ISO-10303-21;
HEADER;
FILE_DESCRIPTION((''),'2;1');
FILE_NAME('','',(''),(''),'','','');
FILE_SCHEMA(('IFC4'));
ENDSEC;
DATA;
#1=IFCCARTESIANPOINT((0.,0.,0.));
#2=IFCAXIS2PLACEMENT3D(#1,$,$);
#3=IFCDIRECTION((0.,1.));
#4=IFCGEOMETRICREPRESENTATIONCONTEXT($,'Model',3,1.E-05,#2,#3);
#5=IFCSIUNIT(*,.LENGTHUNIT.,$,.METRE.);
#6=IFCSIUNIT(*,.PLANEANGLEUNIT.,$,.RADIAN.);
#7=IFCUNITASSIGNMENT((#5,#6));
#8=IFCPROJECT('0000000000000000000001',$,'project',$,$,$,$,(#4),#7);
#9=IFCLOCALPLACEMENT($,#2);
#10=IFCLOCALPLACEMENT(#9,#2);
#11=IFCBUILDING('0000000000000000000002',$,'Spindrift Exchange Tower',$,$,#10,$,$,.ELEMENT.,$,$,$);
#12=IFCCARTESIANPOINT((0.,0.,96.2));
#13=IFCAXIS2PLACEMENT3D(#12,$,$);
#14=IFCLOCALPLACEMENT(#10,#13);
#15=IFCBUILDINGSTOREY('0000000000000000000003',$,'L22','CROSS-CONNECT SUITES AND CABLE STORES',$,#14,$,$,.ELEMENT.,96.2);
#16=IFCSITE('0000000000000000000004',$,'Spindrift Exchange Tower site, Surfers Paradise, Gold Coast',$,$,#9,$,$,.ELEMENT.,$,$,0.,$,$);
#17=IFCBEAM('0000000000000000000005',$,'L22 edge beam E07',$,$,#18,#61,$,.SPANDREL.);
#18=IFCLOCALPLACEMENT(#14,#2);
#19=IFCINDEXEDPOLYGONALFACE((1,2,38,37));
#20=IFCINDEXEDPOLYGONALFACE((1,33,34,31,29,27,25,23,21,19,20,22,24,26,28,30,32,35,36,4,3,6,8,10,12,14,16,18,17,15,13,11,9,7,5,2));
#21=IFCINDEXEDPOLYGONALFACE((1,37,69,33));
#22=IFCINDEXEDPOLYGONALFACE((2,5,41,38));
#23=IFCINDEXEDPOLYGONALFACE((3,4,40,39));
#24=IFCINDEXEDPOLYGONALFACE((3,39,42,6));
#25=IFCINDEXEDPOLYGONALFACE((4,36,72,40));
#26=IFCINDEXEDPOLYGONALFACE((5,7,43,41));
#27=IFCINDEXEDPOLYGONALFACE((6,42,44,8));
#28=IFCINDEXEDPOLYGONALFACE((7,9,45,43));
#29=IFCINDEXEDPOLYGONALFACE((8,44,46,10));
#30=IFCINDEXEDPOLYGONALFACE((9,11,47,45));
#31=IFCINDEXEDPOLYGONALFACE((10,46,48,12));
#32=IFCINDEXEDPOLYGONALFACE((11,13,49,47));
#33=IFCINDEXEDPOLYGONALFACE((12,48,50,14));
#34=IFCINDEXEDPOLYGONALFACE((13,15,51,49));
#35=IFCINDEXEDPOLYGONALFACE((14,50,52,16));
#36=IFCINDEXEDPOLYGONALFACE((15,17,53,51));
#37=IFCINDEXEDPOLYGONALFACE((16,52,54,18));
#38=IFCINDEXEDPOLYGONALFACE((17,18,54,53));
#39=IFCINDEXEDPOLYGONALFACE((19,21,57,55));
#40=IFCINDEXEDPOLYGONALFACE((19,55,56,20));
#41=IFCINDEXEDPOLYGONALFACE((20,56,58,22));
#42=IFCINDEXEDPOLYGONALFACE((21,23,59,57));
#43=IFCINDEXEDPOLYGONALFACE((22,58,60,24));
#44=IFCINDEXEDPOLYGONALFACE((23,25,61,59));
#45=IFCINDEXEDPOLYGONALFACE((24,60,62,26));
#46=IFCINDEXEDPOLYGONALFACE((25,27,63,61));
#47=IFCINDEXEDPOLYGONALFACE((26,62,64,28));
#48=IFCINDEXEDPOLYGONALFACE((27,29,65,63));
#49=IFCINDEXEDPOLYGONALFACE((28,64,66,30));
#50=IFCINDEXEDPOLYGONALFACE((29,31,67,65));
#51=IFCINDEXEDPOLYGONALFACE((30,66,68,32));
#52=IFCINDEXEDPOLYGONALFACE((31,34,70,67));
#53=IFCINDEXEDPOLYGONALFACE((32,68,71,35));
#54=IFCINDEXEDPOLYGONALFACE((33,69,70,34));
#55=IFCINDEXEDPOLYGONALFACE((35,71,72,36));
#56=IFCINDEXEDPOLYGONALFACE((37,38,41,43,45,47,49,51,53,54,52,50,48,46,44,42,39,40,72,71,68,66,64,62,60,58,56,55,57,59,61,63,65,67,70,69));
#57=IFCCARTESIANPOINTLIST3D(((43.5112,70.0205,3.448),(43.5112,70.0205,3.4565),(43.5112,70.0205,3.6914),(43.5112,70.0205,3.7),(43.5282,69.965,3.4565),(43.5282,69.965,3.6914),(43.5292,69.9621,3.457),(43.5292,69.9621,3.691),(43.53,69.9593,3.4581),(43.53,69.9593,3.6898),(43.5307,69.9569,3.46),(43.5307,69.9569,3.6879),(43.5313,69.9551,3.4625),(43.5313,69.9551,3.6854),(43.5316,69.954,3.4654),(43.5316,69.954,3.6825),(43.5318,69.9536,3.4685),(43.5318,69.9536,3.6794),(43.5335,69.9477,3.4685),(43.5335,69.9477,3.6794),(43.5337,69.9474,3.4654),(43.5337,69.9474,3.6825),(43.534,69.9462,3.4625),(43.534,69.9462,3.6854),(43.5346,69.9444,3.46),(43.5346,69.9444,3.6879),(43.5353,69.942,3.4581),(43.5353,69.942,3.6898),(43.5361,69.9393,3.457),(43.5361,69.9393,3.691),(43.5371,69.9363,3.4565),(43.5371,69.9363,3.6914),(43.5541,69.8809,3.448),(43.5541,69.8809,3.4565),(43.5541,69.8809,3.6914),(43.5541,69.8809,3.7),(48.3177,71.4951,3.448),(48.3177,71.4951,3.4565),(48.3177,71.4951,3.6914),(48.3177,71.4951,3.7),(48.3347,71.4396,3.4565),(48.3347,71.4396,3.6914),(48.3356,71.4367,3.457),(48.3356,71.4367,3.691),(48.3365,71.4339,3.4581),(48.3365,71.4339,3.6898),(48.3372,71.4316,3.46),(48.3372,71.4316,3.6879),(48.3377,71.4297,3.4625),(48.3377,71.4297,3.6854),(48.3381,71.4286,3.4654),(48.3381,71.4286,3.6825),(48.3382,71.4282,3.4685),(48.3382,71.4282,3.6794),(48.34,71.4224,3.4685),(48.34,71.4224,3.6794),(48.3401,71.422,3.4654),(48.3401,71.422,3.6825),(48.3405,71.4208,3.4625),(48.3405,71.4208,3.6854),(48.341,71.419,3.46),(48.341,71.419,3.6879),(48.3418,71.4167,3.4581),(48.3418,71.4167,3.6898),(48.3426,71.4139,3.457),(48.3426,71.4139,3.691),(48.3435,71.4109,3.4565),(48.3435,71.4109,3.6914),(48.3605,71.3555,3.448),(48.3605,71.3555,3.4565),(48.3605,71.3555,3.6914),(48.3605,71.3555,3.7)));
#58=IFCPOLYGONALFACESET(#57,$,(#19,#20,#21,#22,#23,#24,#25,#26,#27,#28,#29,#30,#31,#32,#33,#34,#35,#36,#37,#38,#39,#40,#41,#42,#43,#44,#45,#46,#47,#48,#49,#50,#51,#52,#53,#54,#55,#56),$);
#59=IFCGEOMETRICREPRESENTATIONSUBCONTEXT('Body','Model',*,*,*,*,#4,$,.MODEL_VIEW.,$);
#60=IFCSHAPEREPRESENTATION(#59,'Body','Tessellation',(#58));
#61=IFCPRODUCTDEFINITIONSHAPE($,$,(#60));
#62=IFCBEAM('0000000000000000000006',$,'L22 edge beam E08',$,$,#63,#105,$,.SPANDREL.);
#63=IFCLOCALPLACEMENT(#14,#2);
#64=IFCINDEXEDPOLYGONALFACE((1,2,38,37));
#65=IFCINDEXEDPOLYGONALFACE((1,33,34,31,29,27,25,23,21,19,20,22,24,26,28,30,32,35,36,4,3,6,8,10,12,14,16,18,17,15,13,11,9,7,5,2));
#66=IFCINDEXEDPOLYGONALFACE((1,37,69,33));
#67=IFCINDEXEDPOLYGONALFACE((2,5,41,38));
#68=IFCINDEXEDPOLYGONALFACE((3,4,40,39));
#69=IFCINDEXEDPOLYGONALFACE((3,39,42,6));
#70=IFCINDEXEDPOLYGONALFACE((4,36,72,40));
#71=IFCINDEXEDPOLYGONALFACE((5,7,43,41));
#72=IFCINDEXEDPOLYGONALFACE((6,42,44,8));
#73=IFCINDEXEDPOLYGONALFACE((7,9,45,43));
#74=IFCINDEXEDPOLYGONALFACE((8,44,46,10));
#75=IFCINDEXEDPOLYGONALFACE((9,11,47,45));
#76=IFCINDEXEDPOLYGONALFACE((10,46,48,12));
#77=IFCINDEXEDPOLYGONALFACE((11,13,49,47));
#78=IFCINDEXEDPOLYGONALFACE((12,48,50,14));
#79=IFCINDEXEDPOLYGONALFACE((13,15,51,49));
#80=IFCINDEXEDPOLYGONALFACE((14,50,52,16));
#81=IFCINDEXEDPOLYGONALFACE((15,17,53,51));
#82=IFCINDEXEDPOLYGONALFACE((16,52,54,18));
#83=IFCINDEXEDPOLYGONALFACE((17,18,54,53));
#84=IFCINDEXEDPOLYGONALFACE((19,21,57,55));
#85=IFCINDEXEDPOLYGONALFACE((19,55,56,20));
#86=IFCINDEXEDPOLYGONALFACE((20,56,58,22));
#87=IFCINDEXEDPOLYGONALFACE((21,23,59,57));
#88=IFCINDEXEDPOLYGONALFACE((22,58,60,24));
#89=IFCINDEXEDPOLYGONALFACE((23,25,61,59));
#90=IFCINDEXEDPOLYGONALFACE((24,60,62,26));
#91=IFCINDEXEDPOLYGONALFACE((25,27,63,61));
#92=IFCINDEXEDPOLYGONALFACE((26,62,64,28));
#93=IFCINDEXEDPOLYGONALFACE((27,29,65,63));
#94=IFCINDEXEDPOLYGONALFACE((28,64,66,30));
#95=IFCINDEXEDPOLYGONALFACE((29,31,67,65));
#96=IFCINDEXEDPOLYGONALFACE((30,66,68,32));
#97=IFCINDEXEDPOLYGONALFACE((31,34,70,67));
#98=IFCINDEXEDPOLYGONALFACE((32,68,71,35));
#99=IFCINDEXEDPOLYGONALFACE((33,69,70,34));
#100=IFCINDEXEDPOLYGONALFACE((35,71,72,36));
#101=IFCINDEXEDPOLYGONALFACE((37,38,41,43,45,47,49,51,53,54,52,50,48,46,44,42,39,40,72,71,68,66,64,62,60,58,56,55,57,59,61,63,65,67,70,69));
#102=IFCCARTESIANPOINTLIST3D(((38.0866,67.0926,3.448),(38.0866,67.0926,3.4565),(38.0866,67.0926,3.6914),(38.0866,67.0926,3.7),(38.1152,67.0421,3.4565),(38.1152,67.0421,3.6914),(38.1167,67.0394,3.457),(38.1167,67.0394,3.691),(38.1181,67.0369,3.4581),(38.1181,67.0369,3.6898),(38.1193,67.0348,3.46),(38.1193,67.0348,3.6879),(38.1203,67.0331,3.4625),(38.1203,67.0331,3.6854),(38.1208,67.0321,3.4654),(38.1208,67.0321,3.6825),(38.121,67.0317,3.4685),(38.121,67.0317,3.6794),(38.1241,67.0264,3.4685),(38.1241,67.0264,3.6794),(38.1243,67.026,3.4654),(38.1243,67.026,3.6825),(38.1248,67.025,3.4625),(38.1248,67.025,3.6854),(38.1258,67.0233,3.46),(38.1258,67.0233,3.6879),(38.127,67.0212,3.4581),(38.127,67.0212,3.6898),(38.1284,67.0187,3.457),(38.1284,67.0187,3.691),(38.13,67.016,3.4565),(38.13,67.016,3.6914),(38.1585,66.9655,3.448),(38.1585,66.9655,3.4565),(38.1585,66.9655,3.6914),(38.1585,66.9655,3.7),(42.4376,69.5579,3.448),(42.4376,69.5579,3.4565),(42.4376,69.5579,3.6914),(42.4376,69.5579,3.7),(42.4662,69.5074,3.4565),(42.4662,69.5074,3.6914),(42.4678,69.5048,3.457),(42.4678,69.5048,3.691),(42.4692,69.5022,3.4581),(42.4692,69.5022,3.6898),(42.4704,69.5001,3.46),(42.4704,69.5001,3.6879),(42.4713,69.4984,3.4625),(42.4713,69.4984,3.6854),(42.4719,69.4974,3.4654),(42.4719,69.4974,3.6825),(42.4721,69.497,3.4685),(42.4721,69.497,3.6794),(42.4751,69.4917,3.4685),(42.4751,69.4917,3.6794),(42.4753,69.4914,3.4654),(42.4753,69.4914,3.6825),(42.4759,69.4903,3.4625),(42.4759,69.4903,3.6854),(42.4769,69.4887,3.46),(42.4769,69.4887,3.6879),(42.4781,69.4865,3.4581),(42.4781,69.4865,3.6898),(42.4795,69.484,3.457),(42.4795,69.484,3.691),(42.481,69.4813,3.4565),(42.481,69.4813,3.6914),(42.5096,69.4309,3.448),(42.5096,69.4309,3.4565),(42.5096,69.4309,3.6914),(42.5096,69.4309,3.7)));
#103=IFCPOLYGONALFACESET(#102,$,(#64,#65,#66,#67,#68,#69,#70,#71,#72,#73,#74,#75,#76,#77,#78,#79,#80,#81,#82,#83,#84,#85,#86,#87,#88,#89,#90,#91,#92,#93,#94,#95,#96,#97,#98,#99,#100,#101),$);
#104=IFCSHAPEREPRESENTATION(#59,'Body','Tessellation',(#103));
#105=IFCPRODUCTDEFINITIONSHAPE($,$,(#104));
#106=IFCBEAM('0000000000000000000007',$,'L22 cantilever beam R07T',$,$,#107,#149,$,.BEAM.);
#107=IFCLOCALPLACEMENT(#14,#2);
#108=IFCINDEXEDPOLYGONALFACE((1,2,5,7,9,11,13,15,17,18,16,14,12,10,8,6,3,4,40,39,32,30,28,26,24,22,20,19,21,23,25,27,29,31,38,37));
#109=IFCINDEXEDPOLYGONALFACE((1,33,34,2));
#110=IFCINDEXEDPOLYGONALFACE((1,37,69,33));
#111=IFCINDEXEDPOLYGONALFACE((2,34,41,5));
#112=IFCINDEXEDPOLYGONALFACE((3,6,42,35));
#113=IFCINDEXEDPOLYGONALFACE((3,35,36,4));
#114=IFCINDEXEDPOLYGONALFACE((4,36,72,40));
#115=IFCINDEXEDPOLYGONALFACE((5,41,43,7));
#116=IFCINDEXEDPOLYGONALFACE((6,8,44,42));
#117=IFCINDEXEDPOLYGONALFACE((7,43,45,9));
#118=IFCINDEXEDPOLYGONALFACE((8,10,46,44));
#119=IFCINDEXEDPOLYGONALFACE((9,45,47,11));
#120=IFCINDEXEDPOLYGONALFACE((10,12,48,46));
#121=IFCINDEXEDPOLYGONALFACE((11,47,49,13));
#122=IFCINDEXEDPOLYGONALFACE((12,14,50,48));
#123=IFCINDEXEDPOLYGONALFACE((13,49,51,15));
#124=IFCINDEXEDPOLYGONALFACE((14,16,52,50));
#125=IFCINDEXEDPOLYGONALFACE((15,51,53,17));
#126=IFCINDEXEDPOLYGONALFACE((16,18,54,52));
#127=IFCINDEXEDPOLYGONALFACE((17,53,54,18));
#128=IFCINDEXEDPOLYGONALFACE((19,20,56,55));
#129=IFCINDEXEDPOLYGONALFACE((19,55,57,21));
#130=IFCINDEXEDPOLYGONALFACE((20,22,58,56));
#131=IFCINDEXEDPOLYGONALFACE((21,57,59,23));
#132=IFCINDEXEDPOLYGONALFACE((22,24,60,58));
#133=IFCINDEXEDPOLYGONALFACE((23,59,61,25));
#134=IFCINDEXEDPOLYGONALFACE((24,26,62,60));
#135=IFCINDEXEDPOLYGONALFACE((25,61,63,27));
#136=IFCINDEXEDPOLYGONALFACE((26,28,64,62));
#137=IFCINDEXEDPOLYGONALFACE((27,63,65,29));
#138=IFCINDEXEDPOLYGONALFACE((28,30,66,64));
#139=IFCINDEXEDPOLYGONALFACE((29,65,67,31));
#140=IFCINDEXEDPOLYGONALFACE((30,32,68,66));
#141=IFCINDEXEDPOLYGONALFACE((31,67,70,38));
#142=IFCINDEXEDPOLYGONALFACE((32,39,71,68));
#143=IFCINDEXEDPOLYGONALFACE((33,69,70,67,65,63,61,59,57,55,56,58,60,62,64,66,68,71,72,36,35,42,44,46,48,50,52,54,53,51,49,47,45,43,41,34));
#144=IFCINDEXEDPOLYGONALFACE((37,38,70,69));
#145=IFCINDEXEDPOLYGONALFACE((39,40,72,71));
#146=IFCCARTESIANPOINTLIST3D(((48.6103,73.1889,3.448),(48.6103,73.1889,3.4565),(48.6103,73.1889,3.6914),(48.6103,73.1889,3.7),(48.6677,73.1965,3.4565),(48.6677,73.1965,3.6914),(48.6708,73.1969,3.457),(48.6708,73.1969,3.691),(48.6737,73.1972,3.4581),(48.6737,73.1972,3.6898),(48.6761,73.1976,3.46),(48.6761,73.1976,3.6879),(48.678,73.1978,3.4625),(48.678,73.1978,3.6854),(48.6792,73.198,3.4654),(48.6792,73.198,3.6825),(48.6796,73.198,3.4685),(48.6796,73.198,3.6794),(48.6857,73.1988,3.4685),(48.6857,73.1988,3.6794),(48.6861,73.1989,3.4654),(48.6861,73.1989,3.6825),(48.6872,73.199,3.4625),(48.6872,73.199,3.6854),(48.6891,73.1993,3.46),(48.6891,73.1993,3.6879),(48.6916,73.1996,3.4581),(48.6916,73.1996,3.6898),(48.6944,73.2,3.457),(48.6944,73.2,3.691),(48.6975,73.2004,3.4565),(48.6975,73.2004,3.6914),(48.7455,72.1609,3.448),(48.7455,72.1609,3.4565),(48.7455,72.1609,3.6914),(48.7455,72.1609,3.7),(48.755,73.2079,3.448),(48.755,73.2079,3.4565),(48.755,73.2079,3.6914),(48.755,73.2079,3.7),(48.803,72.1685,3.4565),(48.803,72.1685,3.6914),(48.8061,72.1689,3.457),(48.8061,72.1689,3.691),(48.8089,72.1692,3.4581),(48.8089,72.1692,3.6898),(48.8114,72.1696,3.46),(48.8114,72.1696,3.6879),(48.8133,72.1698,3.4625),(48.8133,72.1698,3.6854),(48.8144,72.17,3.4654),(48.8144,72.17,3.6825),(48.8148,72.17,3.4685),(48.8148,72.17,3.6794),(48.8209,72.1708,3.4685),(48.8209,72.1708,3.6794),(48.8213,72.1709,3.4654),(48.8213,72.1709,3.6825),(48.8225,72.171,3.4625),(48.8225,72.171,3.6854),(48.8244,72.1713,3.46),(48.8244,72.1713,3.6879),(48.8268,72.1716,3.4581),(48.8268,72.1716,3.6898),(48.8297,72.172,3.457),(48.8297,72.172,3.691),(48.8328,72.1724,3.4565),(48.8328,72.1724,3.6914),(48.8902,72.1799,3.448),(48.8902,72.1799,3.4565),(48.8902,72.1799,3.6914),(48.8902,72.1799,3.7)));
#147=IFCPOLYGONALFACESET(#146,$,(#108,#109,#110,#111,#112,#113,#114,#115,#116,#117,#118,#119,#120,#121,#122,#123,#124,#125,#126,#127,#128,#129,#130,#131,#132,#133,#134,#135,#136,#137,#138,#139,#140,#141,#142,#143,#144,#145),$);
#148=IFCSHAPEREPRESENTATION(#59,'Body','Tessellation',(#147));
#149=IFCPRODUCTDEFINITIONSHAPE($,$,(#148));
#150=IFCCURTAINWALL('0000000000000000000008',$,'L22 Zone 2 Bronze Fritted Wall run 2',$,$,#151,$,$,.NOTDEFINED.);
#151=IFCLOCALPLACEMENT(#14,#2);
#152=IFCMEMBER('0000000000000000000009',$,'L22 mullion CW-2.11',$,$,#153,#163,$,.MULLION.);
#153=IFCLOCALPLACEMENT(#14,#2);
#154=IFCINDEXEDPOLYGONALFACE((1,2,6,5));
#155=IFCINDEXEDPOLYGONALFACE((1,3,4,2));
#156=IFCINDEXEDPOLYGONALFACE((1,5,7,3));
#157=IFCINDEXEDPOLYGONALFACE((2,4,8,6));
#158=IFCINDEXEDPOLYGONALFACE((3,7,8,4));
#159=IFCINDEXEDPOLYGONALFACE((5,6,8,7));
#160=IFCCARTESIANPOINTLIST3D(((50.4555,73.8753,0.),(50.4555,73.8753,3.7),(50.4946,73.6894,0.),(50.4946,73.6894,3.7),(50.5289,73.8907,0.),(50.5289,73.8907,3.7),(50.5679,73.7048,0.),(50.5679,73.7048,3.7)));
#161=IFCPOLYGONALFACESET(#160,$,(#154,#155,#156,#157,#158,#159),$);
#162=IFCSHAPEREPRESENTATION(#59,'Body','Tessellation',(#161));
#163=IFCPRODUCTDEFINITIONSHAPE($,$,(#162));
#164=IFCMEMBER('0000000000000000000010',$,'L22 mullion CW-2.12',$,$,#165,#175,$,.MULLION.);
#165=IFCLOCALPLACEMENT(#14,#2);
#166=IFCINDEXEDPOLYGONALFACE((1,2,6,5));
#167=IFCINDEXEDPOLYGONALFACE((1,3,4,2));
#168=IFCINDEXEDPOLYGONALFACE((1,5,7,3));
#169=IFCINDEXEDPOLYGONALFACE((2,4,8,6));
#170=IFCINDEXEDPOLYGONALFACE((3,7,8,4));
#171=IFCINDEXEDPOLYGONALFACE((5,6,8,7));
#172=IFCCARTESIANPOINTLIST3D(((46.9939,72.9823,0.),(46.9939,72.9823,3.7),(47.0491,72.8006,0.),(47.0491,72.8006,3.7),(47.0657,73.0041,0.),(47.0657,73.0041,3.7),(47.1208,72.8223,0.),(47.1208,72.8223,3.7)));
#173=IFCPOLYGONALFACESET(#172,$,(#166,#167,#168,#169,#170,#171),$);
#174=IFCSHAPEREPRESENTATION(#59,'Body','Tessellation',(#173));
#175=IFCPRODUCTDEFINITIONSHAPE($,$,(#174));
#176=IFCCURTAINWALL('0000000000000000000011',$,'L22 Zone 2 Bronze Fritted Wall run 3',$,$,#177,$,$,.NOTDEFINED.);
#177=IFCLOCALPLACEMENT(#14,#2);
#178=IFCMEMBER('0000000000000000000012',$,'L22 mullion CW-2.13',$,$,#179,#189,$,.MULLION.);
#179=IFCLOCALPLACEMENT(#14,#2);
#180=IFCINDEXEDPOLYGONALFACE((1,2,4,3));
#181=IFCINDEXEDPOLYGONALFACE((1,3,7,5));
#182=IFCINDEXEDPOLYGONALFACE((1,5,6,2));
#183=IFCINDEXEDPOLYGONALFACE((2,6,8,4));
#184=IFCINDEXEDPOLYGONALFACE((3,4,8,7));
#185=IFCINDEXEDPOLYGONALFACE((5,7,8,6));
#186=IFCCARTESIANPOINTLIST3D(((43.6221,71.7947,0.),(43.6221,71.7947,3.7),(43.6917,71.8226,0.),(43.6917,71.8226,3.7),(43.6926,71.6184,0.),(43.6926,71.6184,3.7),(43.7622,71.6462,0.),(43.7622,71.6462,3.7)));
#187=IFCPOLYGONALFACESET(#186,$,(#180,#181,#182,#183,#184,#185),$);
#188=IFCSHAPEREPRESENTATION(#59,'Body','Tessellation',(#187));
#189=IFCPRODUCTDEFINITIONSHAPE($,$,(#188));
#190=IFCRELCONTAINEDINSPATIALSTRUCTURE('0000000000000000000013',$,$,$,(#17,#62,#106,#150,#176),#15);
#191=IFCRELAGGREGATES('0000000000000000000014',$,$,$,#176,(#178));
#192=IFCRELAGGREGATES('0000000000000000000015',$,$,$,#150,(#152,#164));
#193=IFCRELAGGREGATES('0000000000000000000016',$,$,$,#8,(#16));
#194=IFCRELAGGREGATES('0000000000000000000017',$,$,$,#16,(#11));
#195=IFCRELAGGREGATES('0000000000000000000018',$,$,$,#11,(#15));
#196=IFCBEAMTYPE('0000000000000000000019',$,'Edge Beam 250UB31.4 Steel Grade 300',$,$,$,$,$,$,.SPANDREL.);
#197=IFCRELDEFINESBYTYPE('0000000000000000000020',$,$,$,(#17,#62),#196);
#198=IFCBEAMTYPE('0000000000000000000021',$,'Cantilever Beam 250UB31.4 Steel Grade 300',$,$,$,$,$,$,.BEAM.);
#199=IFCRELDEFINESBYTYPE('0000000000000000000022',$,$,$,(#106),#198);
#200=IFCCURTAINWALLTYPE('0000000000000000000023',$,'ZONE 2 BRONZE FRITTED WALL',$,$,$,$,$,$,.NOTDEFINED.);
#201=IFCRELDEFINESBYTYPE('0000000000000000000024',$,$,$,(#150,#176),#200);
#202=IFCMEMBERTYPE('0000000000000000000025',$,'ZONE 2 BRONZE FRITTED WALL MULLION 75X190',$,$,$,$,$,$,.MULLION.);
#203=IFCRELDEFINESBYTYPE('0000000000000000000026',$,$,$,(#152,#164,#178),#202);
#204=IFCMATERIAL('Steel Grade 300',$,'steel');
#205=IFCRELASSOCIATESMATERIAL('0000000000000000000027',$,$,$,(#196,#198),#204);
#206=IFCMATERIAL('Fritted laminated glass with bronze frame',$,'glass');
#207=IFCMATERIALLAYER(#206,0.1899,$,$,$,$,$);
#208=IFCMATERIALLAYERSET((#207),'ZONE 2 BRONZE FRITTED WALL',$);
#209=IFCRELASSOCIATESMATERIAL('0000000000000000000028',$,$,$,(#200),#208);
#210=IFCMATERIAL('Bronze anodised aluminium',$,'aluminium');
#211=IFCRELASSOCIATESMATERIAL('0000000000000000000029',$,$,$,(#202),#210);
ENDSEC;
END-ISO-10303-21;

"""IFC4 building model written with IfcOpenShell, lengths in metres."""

from ifc_helpers import new_model, si_unit, direction, frame, origin, origin_2d, place, context, subcontext, project, spatial, rectangle, i_section, extrude, source, transform, mapped, material, layer, layer_set, material_profile, profile_set, type_object, element, aggregate, save


model = new_model("IFC4")

# Units and contexts
model_context = context("Model", 3, precision=1e-05, world=origin(), true_north=direction((0.0, 1.0)))
body_context = subcontext(model_context, "Body", "Model", "MODEL_VIEW")
ifc_project = project(units=[si_unit("LENGTHUNIT", "METRE"), si_unit("PLANEANGLEUNIT", "RADIAN")], contexts=[model_context])

# Site, building, storey
site_placement = place(None, origin())
site = spatial("IfcSite", under=ifc_project, at=site_placement, Name="Spindrift Exchange Tower site, Surfers Paradise, Gold Coast", CompositionType="ELEMENT", RefElevation=0.0)
building_placement = place(site_placement, origin())
building = spatial("IfcBuilding", under=site, at=building_placement, Name="Spindrift Exchange Tower", CompositionType="ELEMENT")
storey_placement = place(building_placement, frame((0.0, 0.0, 96.2)))
storey = spatial("IfcBuildingStorey", under=building, at=storey_placement, Name="L22", Description="CROSS-CONNECT SUITES AND CABLE STORES", CompositionType="ELEMENT", Elevation=96.2)

# Beams
ifc_material_1 = material(Name="Steel Grade 300", Category="steel")
ifc_material_profile_1 = material_profile(ifc_material_1, i_section(OverallWidth=0.146, OverallDepth=0.252, WebThickness=0.0061, FlangeThickness=0.0085, FilletRadius=0.012, at=origin_2d()), Name="250UB31.4")
ifc_profile_set_1 = profile_set([ifc_material_profile_1], Name="Steel Grade 300")
beam_type_1 = type_object("IfcBeamType", Name="Edge Beam 250UB31.4 Steel Grade 300", PredefinedType="SPANDREL", material=ifc_profile_set_1)
shared_shape_1 = source(origin(), body_context, "Body", "SweptSolid", [
    extrude(i_section(OverallWidth=0.146, OverallDepth=0.252, WebThickness=0.0061, FlangeThickness=0.0085, FilletRadius=0.012, at=origin_2d()), origin(), (0.0, 0.0, 1.0), 5.0276),
])
beam_1_placement = place(storey_placement, frame((48.3391, 71.4253, 3.574), z_axis=(-0.956018, -0.293308, 0.0), x_axis=(0.293308, -0.956018, 0.0)))
element("IfcBeam", 1, at=beam_1_placement, inside=storey, type_object=beam_type_1, Name="L22 edge beam E07", PredefinedType="SPANDREL", context=body_context, shape_type="MappedRepresentation", body=[
    mapped(shared_shape_1, transform((0.0, 0.0, 0.0), scale=1.0)),
])
shared_shape_2 = source(origin(), body_context, "Body", "SweptSolid", [
    extrude(i_section(OverallWidth=0.146, OverallDepth=0.252, WebThickness=0.0061, FlangeThickness=0.0085, FilletRadius=0.012, at=origin_2d()), origin(), (0.0, 0.0, 1.0), 5.001),
])
beam_2_placement = place(storey_placement, frame((42.4736, 69.4944, 3.574), z_axis=(-0.870046, -0.492971, 0.0), x_axis=(0.492971, -0.870046, 0.0)))
element("IfcBeam", 2, at=beam_2_placement, inside=storey, type_object=beam_type_1, Name="L22 edge beam E08", PredefinedType="SPANDREL", context=body_context, shape_type="MappedRepresentation", body=[
    mapped(shared_shape_2, transform((0.0, 0.0, 0.0), scale=1.0)),
])
ifc_material_profile_2 = material_profile(ifc_material_1, i_section(OverallWidth=0.146, OverallDepth=0.252, WebThickness=0.0061, FlangeThickness=0.0085, FilletRadius=0.012, at=origin_2d()), Name="250UB31.4")
ifc_profile_set_2 = profile_set([ifc_material_profile_2], Name="Steel Grade 300")
beam_type_2 = type_object("IfcBeamType", Name="Cantilever Beam 250UB31.4 Steel Grade 300", PredefinedType="BEAM", material=ifc_profile_set_2)
shared_shape_3 = source(origin(), body_context, "Body", "SweptSolid", [
    extrude(i_section(OverallWidth=0.146, OverallDepth=0.252, WebThickness=0.0061, FlangeThickness=0.0085, FilletRadius=0.012, at=origin_2d()), origin(), (0.0, 0.0, 1.0), 1.0369),
])
beam_3_placement = place(storey_placement, frame((48.8179, 72.1704, 3.574), z_axis=(-0.130436, 0.991457, 0.0), x_axis=(-0.991457, -0.130436, 0.0)))
element("IfcBeam", 3, at=beam_3_placement, inside=storey, type_object=beam_type_2, Name="L22 cantilever beam R07T", PredefinedType="BEAM", context=body_context, shape_type="MappedRepresentation", body=[
    mapped(shared_shape_3, transform((0.0, 0.0, 0.0), scale=1.0)),
])

# Curtain walls, members
ifc_material_2 = material(Name="Fritted laminated glass with bronze frame", Category="glass")
ifc_layer_1 = layer(ifc_material_2, 0.1899)
ifc_layer_set_1 = layer_set([ifc_layer_1], Name="ZONE 2 BRONZE FRITTED WALL")
curtain_wall_type = type_object("IfcCurtainWallType", Name="ZONE 2 BRONZE FRITTED WALL", PredefinedType="NOTDEFINED", material=ifc_layer_set_1)
curtain_wall_1_placement = place(storey_placement, origin())
curtain_wall_1 = element("IfcCurtainWall", 4, at=curtain_wall_1_placement, inside=storey, type_object=curtain_wall_type, Name="L22 Zone 2 Bronze Fritted Wall run 2", PredefinedType="NOTDEFINED")
ifc_material_3 = material(Name="Bronze anodised aluminium", Category="aluminium")
ifc_material_profile_3 = material_profile(ifc_material_3, rectangle(XDim=0.075, YDim=0.1899, at=origin_2d()), Name="ZONE 2 BRONZE FRITTED WALL MULLION 75X190")
ifc_profile_set_3 = profile_set([ifc_material_profile_3], Name="Bronze anodised aluminium")
member_type_1 = type_object("IfcMemberType", Name="ZONE 2 BRONZE FRITTED WALL MULLION 75X190", PredefinedType="MULLION", material=ifc_profile_set_3)
shared_shape_4 = source(origin(), body_context, "Body", "SweptSolid", [
    extrude(rectangle(XDim=0.075, YDim=0.1899, at=origin_2d()), origin(), (0.0, 0.0, 1.0), 3.7),
])
member_1_placement = place(storey_placement, frame((50.5117, 73.79, 0.0), z_axis=(0.0, 0.0, 1.0), x_axis=(-0.978651, -0.205527, 0.0)))
member_1 = element("IfcMember", 5, at=member_1_placement, type_object=member_type_1, Name="L22 mullion CW-2.11", PredefinedType="MULLION", context=body_context, shape_type="MappedRepresentation", body=[
    mapped(shared_shape_4, transform((0.0, 0.0, 0.0), scale=1.0)),
])
member_2_placement = place(storey_placement, frame((47.0574, 72.9023, 0.0), z_axis=(0.0, 0.0, 1.0), x_axis=(-0.9569, -0.290417, 0.0)))
member_2 = element("IfcMember", 6, at=member_2_placement, type_object=member_type_1, Name="L22 mullion CW-2.12", PredefinedType="MULLION", context=body_context, shape_type="MappedRepresentation", body=[
    mapped(shared_shape_4, transform((0.0, 0.0, 0.0), scale=1.0)),
])
curtain_wall_2_placement = place(storey_placement, origin())
curtain_wall_2 = element("IfcCurtainWall", 7, at=curtain_wall_2_placement, inside=storey, type_object=curtain_wall_type, Name="L22 Zone 2 Bronze Fritted Wall run 3", PredefinedType="NOTDEFINED")
member_3_placement = place(storey_placement, frame((43.6921, 71.7205, 0.0), z_axis=(0.0, 0.0, 1.0), x_axis=(-0.928628, -0.371013, 0.0)))
member_3 = element("IfcMember", 8, at=member_3_placement, type_object=member_type_1, Name="L22 mullion CW-2.13", PredefinedType="MULLION", context=body_context, shape_type="MappedRepresentation", body=[
    mapped(shared_shape_4, transform((0.0, 0.0, 0.0), scale=1.0)),
])

aggregate(curtain_wall_2, [member_3])
aggregate(curtain_wall_1, [member_1, member_2])

save(model, "model.ifc")
